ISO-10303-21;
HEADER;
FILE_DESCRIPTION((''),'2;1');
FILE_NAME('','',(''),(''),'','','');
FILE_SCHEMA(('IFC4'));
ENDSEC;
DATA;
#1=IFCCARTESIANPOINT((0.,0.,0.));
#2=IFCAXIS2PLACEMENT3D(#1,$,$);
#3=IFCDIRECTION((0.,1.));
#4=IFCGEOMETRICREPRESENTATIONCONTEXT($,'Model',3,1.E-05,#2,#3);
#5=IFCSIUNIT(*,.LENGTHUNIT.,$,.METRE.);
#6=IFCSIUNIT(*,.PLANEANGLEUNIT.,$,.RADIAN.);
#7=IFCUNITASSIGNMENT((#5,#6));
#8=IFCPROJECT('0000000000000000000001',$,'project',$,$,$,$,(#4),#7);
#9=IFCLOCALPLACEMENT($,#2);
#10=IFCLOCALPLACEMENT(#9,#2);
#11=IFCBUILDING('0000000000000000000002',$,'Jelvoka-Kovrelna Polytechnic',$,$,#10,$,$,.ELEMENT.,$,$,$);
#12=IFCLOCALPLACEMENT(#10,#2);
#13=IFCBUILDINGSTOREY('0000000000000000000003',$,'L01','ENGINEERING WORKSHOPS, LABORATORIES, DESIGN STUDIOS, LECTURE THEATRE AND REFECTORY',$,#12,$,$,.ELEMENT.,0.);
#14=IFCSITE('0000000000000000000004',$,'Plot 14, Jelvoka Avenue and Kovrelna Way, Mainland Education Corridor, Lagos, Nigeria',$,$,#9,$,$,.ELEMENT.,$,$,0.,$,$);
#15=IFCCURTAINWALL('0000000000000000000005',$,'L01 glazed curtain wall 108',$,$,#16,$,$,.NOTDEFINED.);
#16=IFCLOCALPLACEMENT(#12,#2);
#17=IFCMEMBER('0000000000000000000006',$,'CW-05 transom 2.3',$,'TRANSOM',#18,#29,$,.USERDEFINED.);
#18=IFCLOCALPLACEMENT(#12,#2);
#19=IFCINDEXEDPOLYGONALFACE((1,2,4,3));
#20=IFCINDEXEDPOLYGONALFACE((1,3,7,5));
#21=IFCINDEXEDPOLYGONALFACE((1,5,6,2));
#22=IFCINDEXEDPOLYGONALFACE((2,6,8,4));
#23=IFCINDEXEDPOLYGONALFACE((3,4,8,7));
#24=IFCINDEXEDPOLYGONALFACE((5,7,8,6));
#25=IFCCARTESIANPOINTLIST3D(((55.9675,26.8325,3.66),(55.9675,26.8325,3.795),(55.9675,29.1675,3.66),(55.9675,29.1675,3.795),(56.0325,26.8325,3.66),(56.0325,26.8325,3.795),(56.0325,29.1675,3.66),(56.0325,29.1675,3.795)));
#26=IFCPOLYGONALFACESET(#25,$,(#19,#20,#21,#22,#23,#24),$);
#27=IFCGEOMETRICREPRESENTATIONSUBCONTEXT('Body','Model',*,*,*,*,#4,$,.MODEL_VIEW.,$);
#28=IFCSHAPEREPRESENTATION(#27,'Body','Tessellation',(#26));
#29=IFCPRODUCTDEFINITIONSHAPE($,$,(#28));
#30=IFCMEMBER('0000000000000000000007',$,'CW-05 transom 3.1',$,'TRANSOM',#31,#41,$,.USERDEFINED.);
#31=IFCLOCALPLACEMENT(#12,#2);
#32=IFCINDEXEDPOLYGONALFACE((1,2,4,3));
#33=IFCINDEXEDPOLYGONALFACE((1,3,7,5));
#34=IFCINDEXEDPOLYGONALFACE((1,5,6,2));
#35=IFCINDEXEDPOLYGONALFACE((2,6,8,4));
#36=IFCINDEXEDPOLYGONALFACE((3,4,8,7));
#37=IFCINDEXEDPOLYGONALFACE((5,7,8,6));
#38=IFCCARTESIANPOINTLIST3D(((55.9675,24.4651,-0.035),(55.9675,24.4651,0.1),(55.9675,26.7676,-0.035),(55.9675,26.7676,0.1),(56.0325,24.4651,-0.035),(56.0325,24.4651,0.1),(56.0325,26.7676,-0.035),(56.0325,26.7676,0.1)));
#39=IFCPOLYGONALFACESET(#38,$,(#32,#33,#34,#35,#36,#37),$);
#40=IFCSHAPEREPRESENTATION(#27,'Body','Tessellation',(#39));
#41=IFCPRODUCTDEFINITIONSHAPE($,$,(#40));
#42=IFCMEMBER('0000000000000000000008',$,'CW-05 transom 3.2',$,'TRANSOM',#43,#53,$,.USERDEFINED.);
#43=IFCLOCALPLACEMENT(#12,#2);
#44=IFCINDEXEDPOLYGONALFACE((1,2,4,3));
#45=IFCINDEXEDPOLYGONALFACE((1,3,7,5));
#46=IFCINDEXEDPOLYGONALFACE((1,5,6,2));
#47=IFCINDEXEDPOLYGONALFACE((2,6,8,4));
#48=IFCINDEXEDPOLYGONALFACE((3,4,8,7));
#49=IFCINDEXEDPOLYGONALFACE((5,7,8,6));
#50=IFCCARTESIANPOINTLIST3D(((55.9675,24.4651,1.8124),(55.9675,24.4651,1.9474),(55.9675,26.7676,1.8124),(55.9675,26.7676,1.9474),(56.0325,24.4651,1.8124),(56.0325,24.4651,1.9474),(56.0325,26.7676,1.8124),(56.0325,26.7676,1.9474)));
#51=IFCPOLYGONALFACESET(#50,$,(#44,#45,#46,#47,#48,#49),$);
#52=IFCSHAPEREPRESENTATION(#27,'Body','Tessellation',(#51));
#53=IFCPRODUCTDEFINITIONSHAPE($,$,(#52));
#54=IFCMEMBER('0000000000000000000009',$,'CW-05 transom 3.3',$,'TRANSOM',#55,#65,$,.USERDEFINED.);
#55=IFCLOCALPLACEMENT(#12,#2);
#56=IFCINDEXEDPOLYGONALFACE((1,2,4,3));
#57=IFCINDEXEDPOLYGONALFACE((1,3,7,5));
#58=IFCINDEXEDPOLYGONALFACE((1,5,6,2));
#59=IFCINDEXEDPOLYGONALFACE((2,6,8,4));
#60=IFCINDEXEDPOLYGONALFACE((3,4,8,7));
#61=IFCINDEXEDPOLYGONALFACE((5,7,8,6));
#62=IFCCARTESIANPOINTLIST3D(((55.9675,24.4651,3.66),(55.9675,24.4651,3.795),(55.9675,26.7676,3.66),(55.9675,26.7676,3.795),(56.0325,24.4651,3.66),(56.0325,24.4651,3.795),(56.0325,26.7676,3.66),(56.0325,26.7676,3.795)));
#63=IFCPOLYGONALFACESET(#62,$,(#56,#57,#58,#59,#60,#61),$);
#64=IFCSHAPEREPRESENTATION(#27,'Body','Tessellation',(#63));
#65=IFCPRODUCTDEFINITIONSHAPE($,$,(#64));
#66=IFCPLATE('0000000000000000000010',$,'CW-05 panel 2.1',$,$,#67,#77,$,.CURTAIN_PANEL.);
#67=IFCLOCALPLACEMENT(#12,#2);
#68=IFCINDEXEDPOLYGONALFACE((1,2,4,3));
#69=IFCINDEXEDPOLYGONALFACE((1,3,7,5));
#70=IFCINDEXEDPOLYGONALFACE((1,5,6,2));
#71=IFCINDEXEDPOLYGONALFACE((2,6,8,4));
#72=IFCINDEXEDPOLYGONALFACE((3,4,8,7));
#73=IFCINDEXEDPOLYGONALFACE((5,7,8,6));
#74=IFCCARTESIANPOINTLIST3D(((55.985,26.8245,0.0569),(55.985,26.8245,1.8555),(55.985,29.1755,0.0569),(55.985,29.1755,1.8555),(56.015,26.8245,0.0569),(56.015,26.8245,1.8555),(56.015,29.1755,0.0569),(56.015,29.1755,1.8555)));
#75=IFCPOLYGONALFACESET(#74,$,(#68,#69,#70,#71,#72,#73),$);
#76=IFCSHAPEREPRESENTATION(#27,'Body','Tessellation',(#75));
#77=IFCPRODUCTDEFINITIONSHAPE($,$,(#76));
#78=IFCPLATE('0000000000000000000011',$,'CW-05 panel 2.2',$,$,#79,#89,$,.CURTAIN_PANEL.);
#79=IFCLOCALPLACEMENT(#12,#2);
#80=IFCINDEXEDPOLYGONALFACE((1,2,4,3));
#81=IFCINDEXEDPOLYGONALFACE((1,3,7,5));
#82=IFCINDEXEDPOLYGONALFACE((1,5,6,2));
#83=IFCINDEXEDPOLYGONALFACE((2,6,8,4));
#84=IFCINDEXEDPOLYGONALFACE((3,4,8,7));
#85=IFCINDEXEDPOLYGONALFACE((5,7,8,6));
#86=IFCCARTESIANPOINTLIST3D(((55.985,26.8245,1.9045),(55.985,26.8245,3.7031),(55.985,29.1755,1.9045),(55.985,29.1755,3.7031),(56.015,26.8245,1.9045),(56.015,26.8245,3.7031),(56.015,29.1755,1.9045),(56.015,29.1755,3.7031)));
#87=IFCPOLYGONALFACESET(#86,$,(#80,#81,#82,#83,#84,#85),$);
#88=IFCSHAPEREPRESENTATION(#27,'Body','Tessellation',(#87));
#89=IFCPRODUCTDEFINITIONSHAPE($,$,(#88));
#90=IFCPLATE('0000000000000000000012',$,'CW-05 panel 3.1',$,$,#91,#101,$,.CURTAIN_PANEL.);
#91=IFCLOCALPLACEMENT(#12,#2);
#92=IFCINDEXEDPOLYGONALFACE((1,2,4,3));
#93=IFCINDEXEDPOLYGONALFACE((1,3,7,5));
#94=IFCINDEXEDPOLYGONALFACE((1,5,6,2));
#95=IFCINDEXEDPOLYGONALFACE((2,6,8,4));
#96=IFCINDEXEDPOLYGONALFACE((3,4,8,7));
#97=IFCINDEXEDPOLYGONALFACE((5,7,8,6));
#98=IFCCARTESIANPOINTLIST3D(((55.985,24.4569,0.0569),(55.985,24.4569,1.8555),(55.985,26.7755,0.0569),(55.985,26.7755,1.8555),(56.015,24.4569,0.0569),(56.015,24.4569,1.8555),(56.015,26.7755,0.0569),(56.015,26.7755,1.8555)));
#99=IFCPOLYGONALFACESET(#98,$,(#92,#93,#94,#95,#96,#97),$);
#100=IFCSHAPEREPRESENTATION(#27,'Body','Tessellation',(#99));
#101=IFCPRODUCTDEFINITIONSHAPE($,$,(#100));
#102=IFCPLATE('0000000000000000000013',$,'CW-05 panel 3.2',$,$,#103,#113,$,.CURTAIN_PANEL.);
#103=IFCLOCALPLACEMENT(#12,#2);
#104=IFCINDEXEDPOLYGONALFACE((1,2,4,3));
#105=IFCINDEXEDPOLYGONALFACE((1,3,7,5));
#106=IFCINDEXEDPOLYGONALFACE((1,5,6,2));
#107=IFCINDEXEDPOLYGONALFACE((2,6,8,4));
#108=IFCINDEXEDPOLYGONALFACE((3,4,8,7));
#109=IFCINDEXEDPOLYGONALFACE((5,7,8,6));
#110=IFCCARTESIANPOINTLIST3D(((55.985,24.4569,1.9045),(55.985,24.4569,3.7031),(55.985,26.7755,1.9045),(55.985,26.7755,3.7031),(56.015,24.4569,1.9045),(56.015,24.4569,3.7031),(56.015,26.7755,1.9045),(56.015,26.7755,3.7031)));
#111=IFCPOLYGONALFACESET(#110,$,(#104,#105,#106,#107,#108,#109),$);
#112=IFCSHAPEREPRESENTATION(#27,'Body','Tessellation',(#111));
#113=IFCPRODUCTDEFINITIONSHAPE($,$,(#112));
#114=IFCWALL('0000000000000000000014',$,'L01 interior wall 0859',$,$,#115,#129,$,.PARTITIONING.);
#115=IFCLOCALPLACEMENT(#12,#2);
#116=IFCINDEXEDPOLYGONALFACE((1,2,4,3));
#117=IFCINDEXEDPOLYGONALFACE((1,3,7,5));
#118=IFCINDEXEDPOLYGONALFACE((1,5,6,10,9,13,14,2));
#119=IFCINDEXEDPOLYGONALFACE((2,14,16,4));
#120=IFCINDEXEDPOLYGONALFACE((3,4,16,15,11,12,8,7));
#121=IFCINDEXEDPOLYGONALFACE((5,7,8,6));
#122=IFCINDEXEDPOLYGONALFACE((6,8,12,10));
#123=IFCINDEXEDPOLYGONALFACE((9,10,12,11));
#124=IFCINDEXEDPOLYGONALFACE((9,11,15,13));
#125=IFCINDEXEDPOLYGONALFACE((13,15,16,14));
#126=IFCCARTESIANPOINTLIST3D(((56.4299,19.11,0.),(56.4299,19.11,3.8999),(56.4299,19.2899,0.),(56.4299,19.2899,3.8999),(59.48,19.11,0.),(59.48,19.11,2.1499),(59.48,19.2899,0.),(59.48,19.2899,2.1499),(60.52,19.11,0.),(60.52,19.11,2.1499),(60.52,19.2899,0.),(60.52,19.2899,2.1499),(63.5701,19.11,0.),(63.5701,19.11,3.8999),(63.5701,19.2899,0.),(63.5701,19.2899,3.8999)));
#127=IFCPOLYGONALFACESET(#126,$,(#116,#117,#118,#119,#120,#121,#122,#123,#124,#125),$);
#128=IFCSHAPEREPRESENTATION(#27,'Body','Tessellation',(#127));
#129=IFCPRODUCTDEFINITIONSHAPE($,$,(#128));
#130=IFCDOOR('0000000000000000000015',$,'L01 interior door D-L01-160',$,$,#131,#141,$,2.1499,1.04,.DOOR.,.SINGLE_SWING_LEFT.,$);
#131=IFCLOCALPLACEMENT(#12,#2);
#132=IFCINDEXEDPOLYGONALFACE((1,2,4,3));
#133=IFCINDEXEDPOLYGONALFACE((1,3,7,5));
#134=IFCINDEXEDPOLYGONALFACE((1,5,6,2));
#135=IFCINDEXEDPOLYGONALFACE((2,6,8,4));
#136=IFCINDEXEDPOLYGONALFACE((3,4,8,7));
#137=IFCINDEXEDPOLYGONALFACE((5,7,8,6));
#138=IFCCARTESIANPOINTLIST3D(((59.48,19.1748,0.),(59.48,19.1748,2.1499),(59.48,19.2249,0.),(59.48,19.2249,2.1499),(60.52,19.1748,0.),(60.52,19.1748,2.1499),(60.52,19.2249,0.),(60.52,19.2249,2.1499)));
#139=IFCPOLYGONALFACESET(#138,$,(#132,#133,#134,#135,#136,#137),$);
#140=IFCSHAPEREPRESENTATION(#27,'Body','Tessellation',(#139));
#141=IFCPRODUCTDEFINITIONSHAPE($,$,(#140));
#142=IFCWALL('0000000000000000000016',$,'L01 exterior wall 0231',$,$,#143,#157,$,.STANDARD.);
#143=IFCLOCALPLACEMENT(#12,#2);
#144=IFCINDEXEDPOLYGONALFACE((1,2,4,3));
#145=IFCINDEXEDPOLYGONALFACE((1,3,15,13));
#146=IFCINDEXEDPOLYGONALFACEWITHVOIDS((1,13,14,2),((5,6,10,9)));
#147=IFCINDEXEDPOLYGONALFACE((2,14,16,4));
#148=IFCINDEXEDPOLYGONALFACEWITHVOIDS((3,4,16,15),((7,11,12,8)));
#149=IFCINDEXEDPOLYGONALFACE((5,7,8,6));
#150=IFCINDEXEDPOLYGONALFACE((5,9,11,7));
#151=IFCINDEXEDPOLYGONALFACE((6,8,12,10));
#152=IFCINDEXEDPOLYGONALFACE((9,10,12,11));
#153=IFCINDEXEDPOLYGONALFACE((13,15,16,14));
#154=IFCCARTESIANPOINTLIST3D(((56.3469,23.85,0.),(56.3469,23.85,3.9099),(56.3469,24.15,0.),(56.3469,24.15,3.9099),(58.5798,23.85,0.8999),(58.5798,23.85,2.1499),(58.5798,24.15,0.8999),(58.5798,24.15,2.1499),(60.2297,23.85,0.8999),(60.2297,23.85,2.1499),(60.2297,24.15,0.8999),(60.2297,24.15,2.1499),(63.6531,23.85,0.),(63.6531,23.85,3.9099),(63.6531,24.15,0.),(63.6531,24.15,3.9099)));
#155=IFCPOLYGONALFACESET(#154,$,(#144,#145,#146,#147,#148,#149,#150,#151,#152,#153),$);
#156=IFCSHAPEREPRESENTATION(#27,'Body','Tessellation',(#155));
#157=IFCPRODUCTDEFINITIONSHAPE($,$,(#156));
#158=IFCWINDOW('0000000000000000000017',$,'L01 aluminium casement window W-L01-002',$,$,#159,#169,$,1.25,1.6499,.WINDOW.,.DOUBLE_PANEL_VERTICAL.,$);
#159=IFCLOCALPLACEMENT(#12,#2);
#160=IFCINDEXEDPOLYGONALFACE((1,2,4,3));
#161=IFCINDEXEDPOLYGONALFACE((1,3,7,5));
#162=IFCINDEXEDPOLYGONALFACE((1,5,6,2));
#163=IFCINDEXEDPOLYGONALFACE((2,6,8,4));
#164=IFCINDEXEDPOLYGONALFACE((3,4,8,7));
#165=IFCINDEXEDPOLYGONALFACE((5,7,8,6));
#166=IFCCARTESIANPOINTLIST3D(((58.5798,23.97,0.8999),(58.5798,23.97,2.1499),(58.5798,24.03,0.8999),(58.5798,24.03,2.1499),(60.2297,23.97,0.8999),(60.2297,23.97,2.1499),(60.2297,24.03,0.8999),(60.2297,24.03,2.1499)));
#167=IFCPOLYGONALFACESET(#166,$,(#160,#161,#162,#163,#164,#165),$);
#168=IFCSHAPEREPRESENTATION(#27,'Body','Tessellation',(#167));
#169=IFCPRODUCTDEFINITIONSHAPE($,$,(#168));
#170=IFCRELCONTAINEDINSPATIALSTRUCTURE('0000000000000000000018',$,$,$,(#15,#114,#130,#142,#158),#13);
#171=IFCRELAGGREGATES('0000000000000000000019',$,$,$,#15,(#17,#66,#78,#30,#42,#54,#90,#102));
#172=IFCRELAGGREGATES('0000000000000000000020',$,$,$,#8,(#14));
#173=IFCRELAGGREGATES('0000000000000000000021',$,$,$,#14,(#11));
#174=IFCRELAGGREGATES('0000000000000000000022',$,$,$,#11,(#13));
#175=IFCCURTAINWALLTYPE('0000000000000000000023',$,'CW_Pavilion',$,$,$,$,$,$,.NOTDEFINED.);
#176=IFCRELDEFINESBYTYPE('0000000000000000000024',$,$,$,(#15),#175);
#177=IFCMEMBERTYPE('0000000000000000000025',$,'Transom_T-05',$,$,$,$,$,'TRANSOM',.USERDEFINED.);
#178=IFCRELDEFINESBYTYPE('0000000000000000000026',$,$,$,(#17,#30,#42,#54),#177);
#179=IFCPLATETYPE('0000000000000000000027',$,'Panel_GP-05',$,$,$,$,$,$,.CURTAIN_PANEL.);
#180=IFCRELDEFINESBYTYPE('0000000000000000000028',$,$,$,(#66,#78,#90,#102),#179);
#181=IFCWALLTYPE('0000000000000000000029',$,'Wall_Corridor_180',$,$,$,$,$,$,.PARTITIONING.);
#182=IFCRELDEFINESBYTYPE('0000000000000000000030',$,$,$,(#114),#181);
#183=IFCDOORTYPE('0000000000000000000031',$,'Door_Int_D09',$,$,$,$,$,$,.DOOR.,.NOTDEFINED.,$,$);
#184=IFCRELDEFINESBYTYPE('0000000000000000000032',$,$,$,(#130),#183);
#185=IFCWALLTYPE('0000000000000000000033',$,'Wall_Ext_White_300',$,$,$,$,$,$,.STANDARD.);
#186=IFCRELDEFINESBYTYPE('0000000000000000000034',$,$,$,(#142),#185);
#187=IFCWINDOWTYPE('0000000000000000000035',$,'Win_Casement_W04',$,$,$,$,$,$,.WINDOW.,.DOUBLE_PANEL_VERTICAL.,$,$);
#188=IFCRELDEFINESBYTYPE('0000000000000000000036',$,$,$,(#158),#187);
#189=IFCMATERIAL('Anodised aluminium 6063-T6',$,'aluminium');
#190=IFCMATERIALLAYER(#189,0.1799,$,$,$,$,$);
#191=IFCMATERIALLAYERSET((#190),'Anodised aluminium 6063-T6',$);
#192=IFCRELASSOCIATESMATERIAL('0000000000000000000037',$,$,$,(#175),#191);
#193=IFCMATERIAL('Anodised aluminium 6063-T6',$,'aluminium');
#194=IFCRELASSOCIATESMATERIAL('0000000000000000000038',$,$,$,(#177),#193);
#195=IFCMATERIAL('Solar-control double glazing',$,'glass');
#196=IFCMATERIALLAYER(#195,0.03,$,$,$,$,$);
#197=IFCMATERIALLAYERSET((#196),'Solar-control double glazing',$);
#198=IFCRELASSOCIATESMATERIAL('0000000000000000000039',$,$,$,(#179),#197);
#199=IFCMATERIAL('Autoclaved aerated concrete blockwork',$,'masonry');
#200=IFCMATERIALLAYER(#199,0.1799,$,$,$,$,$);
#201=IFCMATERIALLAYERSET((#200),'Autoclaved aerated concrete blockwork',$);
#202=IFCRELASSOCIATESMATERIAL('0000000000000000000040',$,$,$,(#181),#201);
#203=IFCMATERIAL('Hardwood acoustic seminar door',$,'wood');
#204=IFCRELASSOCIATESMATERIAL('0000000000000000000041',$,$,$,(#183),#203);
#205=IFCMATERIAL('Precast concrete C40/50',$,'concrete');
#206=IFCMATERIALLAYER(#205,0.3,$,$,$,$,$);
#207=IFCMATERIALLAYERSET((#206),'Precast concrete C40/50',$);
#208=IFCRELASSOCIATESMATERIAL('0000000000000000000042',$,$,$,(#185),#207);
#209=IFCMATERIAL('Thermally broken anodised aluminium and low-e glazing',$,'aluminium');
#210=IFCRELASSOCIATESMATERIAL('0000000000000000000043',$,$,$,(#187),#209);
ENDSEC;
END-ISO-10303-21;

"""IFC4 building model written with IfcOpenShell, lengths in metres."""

from ifc_helpers import new_model, si_unit, direction, frame, frame_2d, origin, origin_2d, place, context, subcontext, project, spatial, rectangle, extrude, material, layer, layer_set, material_profile, profile_set, type_object, element, fill, aggregate, save


model = new_model("IFC4")

# Units and contexts
model_context = context("Model", 3, precision=1e-05, world=origin(), true_north=direction((0.0, 1.0)))
body_context = subcontext(model_context, "Body", "Model", "MODEL_VIEW")
ifc_project = project(units=[si_unit("LENGTHUNIT", "METRE"), si_unit("PLANEANGLEUNIT", "RADIAN")], contexts=[model_context])

# Site, building, storey
site_placement = place(None, origin())
site = spatial("IfcSite", under=ifc_project, at=site_placement, Name="Plot 14, Jelvoka Avenue and Kovrelna Way, Mainland Education Corridor, Lagos, Nigeria", CompositionType="ELEMENT", RefElevation=0.0)
building_placement = place(site_placement, origin())
building = spatial("IfcBuilding", under=site, at=building_placement, Name="Jelvoka-Kovrelna Polytechnic", CompositionType="ELEMENT")
storey_placement = place(building_placement, origin())
storey = spatial("IfcBuildingStorey", under=building, at=storey_placement, Name="L01", Description="ENGINEERING WORKSHOPS, LABORATORIES, DESIGN STUDIOS, LECTURE THEATRE AND REFECTORY", CompositionType="ELEMENT", Elevation=0.0)

# Curtain wall
ifc_material_1 = material(Name="Anodised aluminium 6063-T6", Category="aluminium")
ifc_layer_1 = layer(ifc_material_1, 0.1799)
ifc_layer_set_1 = layer_set([ifc_layer_1], Name="Anodised aluminium 6063-T6")
curtain_wall_type = type_object("IfcCurtainWallType", Name="CW_Pavilion", PredefinedType="NOTDEFINED", material=ifc_layer_set_1)
curtain_wall_placement = place(storey_placement, origin())
curtain_wall = element("IfcCurtainWall", 1, at=curtain_wall_placement, inside=storey, type_object=curtain_wall_type, Name="L01 glazed curtain wall 108", PredefinedType="NOTDEFINED")

# Members
ifc_material_2 = material(Name="Anodised aluminium 6063-T6", Category="aluminium")
ifc_material_profile_1 = material_profile(ifc_material_2, rectangle(XDim=0.0649, YDim=0.135, at=origin_2d()), Name="ALU 65x135")
ifc_profile_set_1 = profile_set([ifc_material_profile_1], Name="Anodised aluminium 6063-T6")
member_type_1 = type_object("IfcMemberType", Name="Transom_T-05", ElementType="TRANSOM", PredefinedType="USERDEFINED", material=ifc_profile_set_1)
member_1_placement = place(storey_placement, frame((56.0, 29.1675, 3.7275), z_axis=(0.0, -1.0, 0.0), x_axis=(1.0, 0.0, 0.0)))
member_1 = element("IfcMember", 2, at=member_1_placement, type_object=member_type_1, Name="CW-05 transom 2.3", ObjectType="TRANSOM", PredefinedType="USERDEFINED", context=body_context, shape_type="SweptSolid", body=[
    extrude(rectangle(XDim=0.0649, YDim=0.135, at=origin_2d()), origin(), (0.0, 0.0, 1.0), 2.335),
])
member_2_placement = place(storey_placement, frame((56.0, 26.7676, 0.0325), z_axis=(0.0, -1.0, 0.0), x_axis=(1.0, 0.0, 0.0)))
member_2 = element("IfcMember", 3, at=member_2_placement, type_object=member_type_1, Name="CW-05 transom 3.1", ObjectType="TRANSOM", PredefinedType="USERDEFINED", context=body_context, shape_type="SweptSolid", body=[
    extrude(rectangle(XDim=0.0649, YDim=0.135, at=origin_2d()), origin(), (0.0, 0.0, 1.0), 2.3025),
])
member_3_placement = place(storey_placement, frame((56.0, 26.7676, 1.8799), z_axis=(0.0, -1.0, 0.0), x_axis=(1.0, 0.0, 0.0)))
member_3 = element("IfcMember", 4, at=member_3_placement, type_object=member_type_1, Name="CW-05 transom 3.2", ObjectType="TRANSOM", PredefinedType="USERDEFINED", context=body_context, shape_type="SweptSolid", body=[
    extrude(rectangle(XDim=0.0649, YDim=0.135, at=origin_2d()), origin(), (0.0, 0.0, 1.0), 2.3025),
])
member_4_placement = place(storey_placement, frame((56.0, 26.7676, 3.7275), z_axis=(0.0, -1.0, 0.0), x_axis=(1.0, 0.0, 0.0)))
member_4 = element("IfcMember", 5, at=member_4_placement, type_object=member_type_1, Name="CW-05 transom 3.3", ObjectType="TRANSOM", PredefinedType="USERDEFINED", context=body_context, shape_type="SweptSolid", body=[
    extrude(rectangle(XDim=0.0649, YDim=0.135, at=origin_2d()), origin(), (0.0, 0.0, 1.0), 2.3025),
])

# Plates
ifc_material_3 = material(Name="Solar-control double glazing", Category="glass")
ifc_layer_2 = layer(ifc_material_3, 0.03)
ifc_layer_set_2 = layer_set([ifc_layer_2], Name="Solar-control double glazing")
plate_type = type_object("IfcPlateType", Name="Panel_GP-05", PredefinedType="CURTAIN_PANEL", material=ifc_layer_set_2)
plate_1_placement = place(storey_placement, frame((56.0, 28.0, 0.0569), z_axis=(0.0, 0.0, 1.0), x_axis=(0.0, -1.0, 0.0)))
plate_1 = element("IfcPlate", 6, at=plate_1_placement, type_object=plate_type, Name="CW-05 panel 2.1", PredefinedType="CURTAIN_PANEL", context=body_context, shape_type="SweptSolid", body=[
    extrude(rectangle(XDim=2.3511, YDim=0.03, at=origin_2d()), origin(), (0.0, 0.0, 1.0), 1.7986),
])
plate_2_placement = place(storey_placement, frame((56.0, 28.0, 1.9045), z_axis=(0.0, 0.0, 1.0), x_axis=(0.0, -1.0, 0.0)))
plate_2 = element("IfcPlate", 7, at=plate_2_placement, type_object=plate_type, Name="CW-05 panel 2.2", PredefinedType="CURTAIN_PANEL", context=body_context, shape_type="SweptSolid", body=[
    extrude(rectangle(XDim=2.3511, YDim=0.03, at=origin_2d()), origin(), (0.0, 0.0, 1.0), 1.7986),
])
plate_3_placement = place(storey_placement, frame((56.0, 25.6162, 0.0569), z_axis=(0.0, 0.0, 1.0), x_axis=(0.0, -1.0, 0.0)))
plate_3 = element("IfcPlate", 8, at=plate_3_placement, type_object=plate_type, Name="CW-05 panel 3.1", PredefinedType="CURTAIN_PANEL", context=body_context, shape_type="SweptSolid", body=[
    extrude(rectangle(XDim=2.3186, YDim=0.03, at=origin_2d()), origin(), (0.0, 0.0, 1.0), 1.7986),
])
plate_4_placement = place(storey_placement, frame((56.0, 25.6162, 1.9045), z_axis=(0.0, 0.0, 1.0), x_axis=(0.0, -1.0, 0.0)))
plate_4 = element("IfcPlate", 9, at=plate_4_placement, type_object=plate_type, Name="CW-05 panel 3.2", PredefinedType="CURTAIN_PANEL", context=body_context, shape_type="SweptSolid", body=[
    extrude(rectangle(XDim=2.3186, YDim=0.03, at=origin_2d()), origin(), (0.0, 0.0, 1.0), 1.7986),
])
aggregate(curtain_wall, [member_1, plate_1, plate_2, member_2, member_3, member_4, plate_3, plate_4])

# Wall, opening, door
ifc_material_4 = material(Name="Autoclaved aerated concrete blockwork", Category="masonry")
ifc_layer_3 = layer(ifc_material_4, 0.1799)
ifc_layer_set_3 = layer_set([ifc_layer_3], Name="Autoclaved aerated concrete blockwork")
wall_type_1 = type_object("IfcWallType", Name="Wall_Corridor_180", PredefinedType="PARTITIONING", material=ifc_layer_set_3)
wall_1_placement = place(storey_placement, frame((56.4299, 19.2, 0.0), z_axis=(0.0, 0.0, 1.0), x_axis=(1.0, 0.0, 0.0)))
wall_1 = element("IfcWall", 10, at=wall_1_placement, inside=storey, type_object=wall_type_1, Name="L01 interior wall 0859", PredefinedType="PARTITIONING", context=body_context, shape_type="SweptSolid", body=[
    extrude(rectangle(XDim=7.1401, YDim=0.1799, at=frame_2d((3.5701, 0.0))), origin(), (0.0, 0.0, 1.0), 3.8999),
])
opening_1_placement = place(wall_1_placement, frame((3.05, 0.0, 0.0)))
opening_1 = element("IfcOpeningElement", 11, at=opening_1_placement, cuts=wall_1, PredefinedType="OPENING", context=body_context, shape_type="SweptSolid", body=[
    extrude(rectangle(XDim=1.04, YDim=2.1499, at=frame_2d((0.52, 1.075))), frame((0.0, 0.0999, 0.0), z_axis=(0.0, -1.0, 0.0), x_axis=(1.0, 0.0, 0.0)), (0.0, 0.0, 1.0), 0.2),
])
ifc_material_5 = material(Name="Hardwood acoustic seminar door", Category="wood")
door_type = type_object("IfcDoorType", Name="Door_Int_D09", OperationType="NOTDEFINED", PredefinedType="DOOR", material=ifc_material_5)
door_placement = place(opening_1_placement, origin())
door = element("IfcDoor", 12, at=door_placement, inside=storey, type_object=door_type, Name="L01 interior door D-L01-160", OperationType="SINGLE_SWING_LEFT", OverallHeight=2.1499, OverallWidth=1.04, PredefinedType="DOOR", context=body_context, shape_type="SweptSolid", body=[
    extrude(rectangle(XDim=1.04, YDim=2.1499, at=frame_2d((0.52, 1.075))), frame((0.0, 0.0249, 0.0), z_axis=(0.0, -1.0, 0.0), x_axis=(1.0, 0.0, 0.0)), (0.0, 0.0, 1.0), 0.05),
])
fill(opening_1, door)

# Wall, opening, window
ifc_material_6 = material(Name="Precast concrete C40/50", Category="concrete")
ifc_layer_4 = layer(ifc_material_6, 0.3)
ifc_layer_set_4 = layer_set([ifc_layer_4], Name="Precast concrete C40/50")
wall_type_2 = type_object("IfcWallType", Name="Wall_Ext_White_300", PredefinedType="STANDARD", material=ifc_layer_set_4)
wall_2_placement = place(storey_placement, frame((56.3469, 24.0, 0.0), z_axis=(0.0, 0.0, 1.0), x_axis=(1.0, 0.0, 0.0)))
wall_2 = element("IfcWall", 13, at=wall_2_placement, inside=storey, type_object=wall_type_2, Name="L01 exterior wall 0231", PredefinedType="STANDARD", context=body_context, shape_type="SweptSolid", body=[
    extrude(rectangle(XDim=7.3062, YDim=0.3, at=frame_2d((3.6531, 0.0))), origin(), (0.0, 0.0, 1.0), 3.9099),
])
opening_2_placement = place(wall_2_placement, frame((2.2329, 0.0, 0.8999)))
opening_2 = element("IfcOpeningElement", 14, at=opening_2_placement, cuts=wall_2, PredefinedType="OPENING", context=body_context, shape_type="SweptSolid", body=[
    extrude(rectangle(XDim=1.6499, YDim=1.25, at=frame_2d((0.825, 0.625))), frame((0.0, 0.1599, 0.0), z_axis=(0.0, -1.0, 0.0), x_axis=(1.0, 0.0, 0.0)), (0.0, 0.0, 1.0), 0.3201),
])
ifc_material_7 = material(Name="Thermally broken anodised aluminium and low-e glazing", Category="aluminium")
window_type = type_object("IfcWindowType", Name="Win_Casement_W04", PartitioningType="DOUBLE_PANEL_VERTICAL", PredefinedType="WINDOW", material=ifc_material_7)
window_placement = place(opening_2_placement, origin())
window = element("IfcWindow", 15, at=window_placement, inside=storey, type_object=window_type, Name="L01 aluminium casement window W-L01-002", OverallHeight=1.25, OverallWidth=1.6499, PartitioningType="DOUBLE_PANEL_VERTICAL", PredefinedType="WINDOW", context=body_context, shape_type="SweptSolid", body=[
    extrude(rectangle(XDim=1.6499, YDim=1.25, at=frame_2d((0.825, 0.625))), frame((0.0, 0.03, 0.0), z_axis=(0.0, -1.0, 0.0), x_axis=(1.0, 0.0, 0.0)), (0.0, 0.0, 1.0), 0.0601),
])
fill(opening_2, window)

save(model, "model.ifc")
